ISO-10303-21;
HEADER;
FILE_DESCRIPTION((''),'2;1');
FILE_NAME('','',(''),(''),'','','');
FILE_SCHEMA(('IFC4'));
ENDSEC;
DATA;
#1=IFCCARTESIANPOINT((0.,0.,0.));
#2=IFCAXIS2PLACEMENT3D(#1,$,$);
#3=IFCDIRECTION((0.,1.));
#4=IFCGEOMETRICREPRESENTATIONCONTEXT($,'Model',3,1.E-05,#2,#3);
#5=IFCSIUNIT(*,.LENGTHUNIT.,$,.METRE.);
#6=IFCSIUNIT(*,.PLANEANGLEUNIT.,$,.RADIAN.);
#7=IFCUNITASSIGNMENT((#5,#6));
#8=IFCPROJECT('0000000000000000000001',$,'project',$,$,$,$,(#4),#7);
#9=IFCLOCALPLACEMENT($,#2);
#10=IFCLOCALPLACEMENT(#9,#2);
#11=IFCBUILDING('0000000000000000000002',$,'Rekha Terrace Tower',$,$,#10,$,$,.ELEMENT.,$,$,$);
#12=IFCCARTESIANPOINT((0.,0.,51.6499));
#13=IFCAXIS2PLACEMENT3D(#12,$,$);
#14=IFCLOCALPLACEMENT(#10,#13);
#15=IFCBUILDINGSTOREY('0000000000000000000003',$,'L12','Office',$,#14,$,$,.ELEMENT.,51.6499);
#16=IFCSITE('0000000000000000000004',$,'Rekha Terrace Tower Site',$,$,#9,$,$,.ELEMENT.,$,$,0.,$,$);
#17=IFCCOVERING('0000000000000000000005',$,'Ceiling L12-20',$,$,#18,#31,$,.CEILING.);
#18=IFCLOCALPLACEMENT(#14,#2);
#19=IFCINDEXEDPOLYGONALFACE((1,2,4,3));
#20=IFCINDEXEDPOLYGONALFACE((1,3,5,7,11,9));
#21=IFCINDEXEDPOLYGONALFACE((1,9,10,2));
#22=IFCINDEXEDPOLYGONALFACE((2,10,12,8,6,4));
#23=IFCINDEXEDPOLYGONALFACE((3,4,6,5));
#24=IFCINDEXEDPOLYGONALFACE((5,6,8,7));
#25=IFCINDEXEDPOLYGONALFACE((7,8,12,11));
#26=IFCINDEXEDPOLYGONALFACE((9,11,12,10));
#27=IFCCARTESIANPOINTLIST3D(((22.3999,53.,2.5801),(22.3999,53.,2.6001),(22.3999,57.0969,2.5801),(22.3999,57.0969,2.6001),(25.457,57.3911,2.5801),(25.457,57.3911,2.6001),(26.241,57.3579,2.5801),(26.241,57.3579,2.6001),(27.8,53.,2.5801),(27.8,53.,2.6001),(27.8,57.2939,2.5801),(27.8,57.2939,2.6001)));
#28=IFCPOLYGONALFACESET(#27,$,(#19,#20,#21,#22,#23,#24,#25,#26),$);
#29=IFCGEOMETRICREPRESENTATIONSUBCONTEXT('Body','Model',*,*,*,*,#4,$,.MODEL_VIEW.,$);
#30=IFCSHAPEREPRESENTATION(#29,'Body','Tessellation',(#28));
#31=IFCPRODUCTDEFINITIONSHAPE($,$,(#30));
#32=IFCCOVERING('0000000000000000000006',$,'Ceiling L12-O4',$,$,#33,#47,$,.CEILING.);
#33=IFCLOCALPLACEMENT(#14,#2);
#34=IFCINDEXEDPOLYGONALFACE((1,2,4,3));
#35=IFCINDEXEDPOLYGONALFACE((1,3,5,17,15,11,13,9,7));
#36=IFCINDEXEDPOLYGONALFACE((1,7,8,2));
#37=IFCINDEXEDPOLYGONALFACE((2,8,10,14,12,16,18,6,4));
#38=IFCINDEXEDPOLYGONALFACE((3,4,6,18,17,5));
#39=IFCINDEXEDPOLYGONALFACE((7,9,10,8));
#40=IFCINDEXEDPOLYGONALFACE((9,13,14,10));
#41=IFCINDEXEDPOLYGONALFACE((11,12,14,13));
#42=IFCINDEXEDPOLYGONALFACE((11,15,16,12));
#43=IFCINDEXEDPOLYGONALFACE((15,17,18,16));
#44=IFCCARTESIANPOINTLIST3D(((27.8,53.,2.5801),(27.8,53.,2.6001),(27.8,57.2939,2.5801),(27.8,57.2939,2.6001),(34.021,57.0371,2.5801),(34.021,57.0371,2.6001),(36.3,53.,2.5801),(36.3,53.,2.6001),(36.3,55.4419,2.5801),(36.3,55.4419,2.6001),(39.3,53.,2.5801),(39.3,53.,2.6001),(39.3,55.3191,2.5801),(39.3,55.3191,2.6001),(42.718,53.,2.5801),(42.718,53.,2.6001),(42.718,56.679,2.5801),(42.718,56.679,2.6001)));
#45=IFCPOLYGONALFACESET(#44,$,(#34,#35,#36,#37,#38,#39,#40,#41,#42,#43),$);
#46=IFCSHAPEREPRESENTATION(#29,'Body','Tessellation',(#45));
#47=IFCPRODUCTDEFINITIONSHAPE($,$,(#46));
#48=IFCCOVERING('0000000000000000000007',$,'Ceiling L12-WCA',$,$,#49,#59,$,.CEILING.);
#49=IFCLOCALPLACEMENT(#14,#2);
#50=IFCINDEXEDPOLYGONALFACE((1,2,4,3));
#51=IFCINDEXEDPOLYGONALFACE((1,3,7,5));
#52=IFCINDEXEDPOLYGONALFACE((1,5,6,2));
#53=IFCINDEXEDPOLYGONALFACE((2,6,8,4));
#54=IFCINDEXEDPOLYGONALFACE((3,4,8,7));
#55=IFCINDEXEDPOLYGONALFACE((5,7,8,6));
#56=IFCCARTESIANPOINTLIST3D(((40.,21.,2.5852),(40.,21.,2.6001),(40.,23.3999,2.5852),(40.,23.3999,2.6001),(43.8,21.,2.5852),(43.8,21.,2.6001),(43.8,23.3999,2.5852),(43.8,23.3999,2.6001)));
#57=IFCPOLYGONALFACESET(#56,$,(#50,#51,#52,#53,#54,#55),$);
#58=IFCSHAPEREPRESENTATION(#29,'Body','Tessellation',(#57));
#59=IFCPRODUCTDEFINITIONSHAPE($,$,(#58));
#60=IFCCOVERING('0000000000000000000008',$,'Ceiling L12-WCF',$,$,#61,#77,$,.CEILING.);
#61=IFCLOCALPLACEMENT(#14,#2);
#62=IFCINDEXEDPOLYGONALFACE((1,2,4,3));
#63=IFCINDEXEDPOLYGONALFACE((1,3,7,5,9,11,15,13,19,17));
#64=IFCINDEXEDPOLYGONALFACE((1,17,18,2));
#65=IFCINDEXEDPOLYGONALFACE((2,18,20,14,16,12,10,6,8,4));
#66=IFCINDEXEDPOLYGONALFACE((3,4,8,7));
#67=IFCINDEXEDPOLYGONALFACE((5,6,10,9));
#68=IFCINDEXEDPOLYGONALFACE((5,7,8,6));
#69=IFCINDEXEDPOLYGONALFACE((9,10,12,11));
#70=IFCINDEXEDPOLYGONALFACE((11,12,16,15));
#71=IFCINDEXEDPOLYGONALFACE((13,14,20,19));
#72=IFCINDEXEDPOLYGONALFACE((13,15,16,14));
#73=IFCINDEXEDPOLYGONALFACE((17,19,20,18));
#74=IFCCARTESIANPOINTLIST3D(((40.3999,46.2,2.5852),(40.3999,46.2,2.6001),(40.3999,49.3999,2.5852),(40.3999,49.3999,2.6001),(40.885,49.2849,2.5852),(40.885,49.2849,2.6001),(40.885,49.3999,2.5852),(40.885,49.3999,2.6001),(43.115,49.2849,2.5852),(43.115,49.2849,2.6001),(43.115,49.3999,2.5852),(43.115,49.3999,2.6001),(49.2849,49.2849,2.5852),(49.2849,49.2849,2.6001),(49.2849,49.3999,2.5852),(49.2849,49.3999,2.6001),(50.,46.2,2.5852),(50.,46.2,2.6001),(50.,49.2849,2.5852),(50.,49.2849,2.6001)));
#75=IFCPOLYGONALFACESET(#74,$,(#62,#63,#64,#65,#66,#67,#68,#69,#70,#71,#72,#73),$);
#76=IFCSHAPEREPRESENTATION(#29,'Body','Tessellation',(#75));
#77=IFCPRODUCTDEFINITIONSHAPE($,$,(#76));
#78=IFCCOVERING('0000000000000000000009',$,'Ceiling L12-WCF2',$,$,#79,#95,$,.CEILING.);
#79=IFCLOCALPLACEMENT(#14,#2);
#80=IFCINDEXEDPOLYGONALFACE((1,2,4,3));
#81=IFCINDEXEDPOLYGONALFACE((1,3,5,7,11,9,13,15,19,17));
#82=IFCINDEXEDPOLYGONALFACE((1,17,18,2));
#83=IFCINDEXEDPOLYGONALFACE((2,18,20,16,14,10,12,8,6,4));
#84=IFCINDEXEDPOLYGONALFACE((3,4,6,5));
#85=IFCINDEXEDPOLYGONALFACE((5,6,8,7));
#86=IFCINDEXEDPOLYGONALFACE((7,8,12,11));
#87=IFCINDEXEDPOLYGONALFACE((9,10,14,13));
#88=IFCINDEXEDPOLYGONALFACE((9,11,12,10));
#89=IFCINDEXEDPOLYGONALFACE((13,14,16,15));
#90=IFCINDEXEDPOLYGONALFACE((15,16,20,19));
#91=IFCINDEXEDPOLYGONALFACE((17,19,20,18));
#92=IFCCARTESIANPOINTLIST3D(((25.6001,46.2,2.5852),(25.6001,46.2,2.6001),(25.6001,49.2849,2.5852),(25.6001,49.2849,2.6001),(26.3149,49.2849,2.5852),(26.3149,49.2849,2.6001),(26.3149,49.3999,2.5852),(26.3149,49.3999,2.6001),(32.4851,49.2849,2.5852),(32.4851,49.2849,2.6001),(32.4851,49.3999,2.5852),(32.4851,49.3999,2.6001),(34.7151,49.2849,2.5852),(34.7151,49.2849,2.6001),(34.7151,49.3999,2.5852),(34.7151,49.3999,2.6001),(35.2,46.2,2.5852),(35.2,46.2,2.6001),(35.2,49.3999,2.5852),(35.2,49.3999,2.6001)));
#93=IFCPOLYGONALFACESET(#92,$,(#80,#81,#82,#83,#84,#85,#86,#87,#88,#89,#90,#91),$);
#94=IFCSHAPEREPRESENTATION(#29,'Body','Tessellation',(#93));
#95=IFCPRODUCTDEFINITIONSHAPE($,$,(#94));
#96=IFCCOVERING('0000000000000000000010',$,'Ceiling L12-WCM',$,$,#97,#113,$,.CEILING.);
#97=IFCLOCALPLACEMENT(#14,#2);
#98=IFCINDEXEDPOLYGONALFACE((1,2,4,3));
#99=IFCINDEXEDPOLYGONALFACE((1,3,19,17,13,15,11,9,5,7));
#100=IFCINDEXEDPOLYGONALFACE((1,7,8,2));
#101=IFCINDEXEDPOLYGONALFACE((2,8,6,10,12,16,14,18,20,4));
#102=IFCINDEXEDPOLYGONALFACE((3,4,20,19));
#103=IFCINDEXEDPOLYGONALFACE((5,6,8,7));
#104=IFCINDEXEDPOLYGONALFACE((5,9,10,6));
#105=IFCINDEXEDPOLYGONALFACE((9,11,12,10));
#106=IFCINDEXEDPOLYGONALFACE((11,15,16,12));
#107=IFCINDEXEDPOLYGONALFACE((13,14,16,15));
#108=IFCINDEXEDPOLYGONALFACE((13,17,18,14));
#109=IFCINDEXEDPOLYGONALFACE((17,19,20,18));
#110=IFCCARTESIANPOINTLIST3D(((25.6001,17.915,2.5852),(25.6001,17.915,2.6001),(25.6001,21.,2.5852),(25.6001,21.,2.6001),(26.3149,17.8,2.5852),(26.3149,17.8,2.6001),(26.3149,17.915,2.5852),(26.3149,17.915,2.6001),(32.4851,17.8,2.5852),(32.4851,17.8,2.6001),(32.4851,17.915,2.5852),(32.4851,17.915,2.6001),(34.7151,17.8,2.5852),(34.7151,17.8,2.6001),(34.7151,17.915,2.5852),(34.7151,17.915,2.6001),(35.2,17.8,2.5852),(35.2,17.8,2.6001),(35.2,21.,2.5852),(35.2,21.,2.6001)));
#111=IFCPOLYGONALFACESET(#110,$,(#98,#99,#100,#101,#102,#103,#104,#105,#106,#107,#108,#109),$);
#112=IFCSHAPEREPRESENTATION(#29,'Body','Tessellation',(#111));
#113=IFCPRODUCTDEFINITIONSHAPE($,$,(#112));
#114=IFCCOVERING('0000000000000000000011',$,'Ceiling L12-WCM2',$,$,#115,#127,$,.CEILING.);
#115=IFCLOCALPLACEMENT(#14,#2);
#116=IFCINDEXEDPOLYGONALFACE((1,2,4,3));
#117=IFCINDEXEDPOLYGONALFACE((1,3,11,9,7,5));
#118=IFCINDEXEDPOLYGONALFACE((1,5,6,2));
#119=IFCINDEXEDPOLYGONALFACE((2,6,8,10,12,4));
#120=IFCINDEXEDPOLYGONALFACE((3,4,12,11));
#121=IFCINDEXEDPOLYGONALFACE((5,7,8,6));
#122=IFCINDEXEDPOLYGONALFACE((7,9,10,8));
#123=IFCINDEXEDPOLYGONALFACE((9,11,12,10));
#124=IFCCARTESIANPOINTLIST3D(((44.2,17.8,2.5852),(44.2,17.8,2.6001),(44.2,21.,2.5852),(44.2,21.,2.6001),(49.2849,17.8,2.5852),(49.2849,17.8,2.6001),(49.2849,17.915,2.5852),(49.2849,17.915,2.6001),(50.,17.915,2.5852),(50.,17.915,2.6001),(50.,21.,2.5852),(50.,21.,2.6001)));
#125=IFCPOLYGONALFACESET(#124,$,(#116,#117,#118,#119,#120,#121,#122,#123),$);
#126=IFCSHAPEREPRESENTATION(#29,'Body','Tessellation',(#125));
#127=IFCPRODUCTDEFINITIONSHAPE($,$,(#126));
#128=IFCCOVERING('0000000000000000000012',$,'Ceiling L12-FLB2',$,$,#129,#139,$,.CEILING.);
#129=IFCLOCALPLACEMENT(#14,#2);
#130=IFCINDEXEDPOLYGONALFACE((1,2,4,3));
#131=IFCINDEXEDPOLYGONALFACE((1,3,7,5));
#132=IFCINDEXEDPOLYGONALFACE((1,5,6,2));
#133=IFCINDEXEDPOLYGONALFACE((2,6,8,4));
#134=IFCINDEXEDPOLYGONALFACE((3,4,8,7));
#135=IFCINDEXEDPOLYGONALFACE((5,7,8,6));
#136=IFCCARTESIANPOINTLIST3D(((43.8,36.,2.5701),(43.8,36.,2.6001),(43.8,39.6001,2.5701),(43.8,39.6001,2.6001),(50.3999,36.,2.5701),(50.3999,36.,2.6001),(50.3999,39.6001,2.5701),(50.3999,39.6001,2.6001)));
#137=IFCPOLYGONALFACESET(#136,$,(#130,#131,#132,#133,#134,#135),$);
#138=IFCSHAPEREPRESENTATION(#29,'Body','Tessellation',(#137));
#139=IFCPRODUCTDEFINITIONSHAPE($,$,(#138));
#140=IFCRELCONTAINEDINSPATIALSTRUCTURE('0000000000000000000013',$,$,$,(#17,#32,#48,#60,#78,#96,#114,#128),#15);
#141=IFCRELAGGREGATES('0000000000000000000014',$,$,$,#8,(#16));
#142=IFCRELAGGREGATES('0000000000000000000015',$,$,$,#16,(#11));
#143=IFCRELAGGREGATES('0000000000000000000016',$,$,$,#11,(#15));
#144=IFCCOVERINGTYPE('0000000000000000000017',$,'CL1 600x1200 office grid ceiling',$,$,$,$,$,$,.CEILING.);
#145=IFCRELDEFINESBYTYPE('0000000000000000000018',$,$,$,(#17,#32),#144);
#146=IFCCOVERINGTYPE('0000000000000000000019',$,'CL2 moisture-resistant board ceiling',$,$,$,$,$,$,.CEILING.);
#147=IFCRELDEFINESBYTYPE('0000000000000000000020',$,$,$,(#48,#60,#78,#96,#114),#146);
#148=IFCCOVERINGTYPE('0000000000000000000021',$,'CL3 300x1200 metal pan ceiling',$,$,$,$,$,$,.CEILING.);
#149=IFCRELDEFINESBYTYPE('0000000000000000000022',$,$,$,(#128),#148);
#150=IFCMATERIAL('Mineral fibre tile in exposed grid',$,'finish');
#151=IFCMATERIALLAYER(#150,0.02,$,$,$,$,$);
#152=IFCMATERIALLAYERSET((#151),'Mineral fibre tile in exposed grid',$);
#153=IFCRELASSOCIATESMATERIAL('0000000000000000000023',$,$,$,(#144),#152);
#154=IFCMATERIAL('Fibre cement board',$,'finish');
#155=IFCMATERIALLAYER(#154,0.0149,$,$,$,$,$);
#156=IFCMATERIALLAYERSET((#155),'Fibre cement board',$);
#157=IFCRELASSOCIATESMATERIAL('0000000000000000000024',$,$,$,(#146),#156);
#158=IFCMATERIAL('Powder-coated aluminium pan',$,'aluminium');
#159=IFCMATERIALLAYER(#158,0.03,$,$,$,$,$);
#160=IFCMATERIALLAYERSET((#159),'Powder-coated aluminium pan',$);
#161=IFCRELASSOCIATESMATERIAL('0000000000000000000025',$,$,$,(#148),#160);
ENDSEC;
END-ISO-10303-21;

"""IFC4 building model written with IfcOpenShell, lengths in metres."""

from ifc_helpers import new_model, si_unit, direction, frame, origin, place, context, subcontext, project, spatial, polyline, outline, extrude, material, layer, layer_set, type_object, element, save


model = new_model("IFC4")

# Units and contexts
model_context = context("Model", 3, precision=1e-05, world=origin(), true_north=direction((0.0, 1.0)))
body_context = subcontext(model_context, "Body", "Model", "MODEL_VIEW")
ifc_project = project(units=[si_unit("LENGTHUNIT", "METRE"), si_unit("PLANEANGLEUNIT", "RADIAN")], contexts=[model_context])

# Site, building, storey
site_placement = place(None, origin())
site = spatial("IfcSite", under=ifc_project, at=site_placement, Name="Rekha Terrace Tower Site", CompositionType="ELEMENT", RefElevation=0.0)
building_placement = place(site_placement, origin())
building = spatial("IfcBuilding", under=site, at=building_placement, Name="Rekha Terrace Tower", CompositionType="ELEMENT")
storey_placement = place(building_placement, frame((0.0, 0.0, 51.6499)))
storey = spatial("IfcBuildingStorey", under=building, at=storey_placement, Name="L12", Description="Office", CompositionType="ELEMENT", Elevation=51.6499)

# Coverings
ifc_material_1 = material(Name="Mineral fibre tile in exposed grid", Category="finish")
ifc_layer_1 = layer(ifc_material_1, 0.02)
ifc_layer_set_1 = layer_set([ifc_layer_1], Name="Mineral fibre tile in exposed grid")
covering_type_1 = type_object("IfcCoveringType", Name="CL1 600x1200 office grid ceiling", PredefinedType="CEILING", material=ifc_layer_set_1)
covering_1_placement = place(storey_placement, frame((0.0, 0.0, 2.5801)))
element("IfcCovering", 1, at=covering_1_placement, inside=storey, type_object=covering_type_1, Name="Ceiling L12-20", PredefinedType="CEILING", context=body_context, shape_type="SweptSolid", body=[
    extrude(outline(polyline([(22.3999, 53.0), (27.8, 53.0), (27.8, 57.2939), (26.241, 57.3579), (25.457, 57.3911), (22.3999, 57.0969), (22.3999, 53.0)])), origin(), (0.0, 0.0, 1.0), 0.02),
])
covering_2_placement = place(storey_placement, frame((0.0, 0.0, 2.5801)))
element("IfcCovering", 2, at=covering_2_placement, inside=storey, type_object=covering_type_1, Name="Ceiling L12-O4", PredefinedType="CEILING", context=body_context, shape_type="SweptSolid", body=[
    extrude(outline(polyline([(42.718, 56.679), (34.021, 57.0371), (27.8, 57.2939), (27.8, 53.0), (36.3, 53.0), (36.3, 55.4419), (39.3, 55.3191), (39.3, 53.0), (42.718, 53.0), (42.718, 56.679)])), origin(), (0.0, 0.0, 1.0), 0.02),
])
ifc_material_2 = material(Name="Fibre cement board", Category="finish")
ifc_layer_2 = layer(ifc_material_2, 0.0149)
ifc_layer_set_2 = layer_set([ifc_layer_2], Name="Fibre cement board")
covering_type_2 = type_object("IfcCoveringType", Name="CL2 moisture-resistant board ceiling", PredefinedType="CEILING", material=ifc_layer_set_2)
covering_3_placement = place(storey_placement, frame((0.0, 0.0, 2.5852)))
element("IfcCovering", 3, at=covering_3_placement, inside=storey, type_object=covering_type_2, Name="Ceiling L12-WCA", PredefinedType="CEILING", context=body_context, shape_type="SweptSolid", body=[
    extrude(outline(polyline([(43.8, 23.3999), (40.0, 23.3999), (40.0, 21.0), (43.8, 21.0), (43.8, 23.3999)])), origin(), (0.0, 0.0, 1.0), 0.0149),
])
covering_4_placement = place(storey_placement, frame((0.0, 0.0, 2.5852)))
element("IfcCovering", 4, at=covering_4_placement, inside=storey, type_object=covering_type_2, Name="Ceiling L12-WCF", PredefinedType="CEILING", context=body_context, shape_type="SweptSolid", body=[
    extrude(outline(polyline([(40.885, 49.3999), (40.3999, 49.3999), (40.3999, 46.2), (50.0, 46.2), (50.0, 49.2849), (49.2849, 49.2849), (49.2849, 49.3999), (43.115, 49.3999), (43.115, 49.2849), (40.885, 49.2849), (40.885, 49.3999)])), origin(), (0.0, 0.0, 1.0), 0.0149),
])
covering_5_placement = place(storey_placement, frame((0.0, 0.0, 2.5852)))
element("IfcCovering", 5, at=covering_5_placement, inside=storey, type_object=covering_type_2, Name="Ceiling L12-WCF2", PredefinedType="CEILING", context=body_context, shape_type="SweptSolid", body=[
    extrude(outline(polyline([(26.3149, 49.2849), (25.6001, 49.2849), (25.6001, 46.2), (35.2, 46.2), (35.2, 49.3999), (34.7151, 49.3999), (34.7151, 49.2849), (32.4851, 49.2849), (32.4851, 49.3999), (26.3149, 49.3999), (26.3149, 49.2849)])), origin(), (0.0, 0.0, 1.0), 0.0149),
])
covering_6_placement = place(storey_placement, frame((0.0, 0.0, 2.5852)))
element("IfcCovering", 6, at=covering_6_placement, inside=storey, type_object=covering_type_2, Name="Ceiling L12-WCM", PredefinedType="CEILING", context=body_context, shape_type="SweptSolid", body=[
    extrude(outline(polyline([(35.2, 21.0), (25.6001, 21.0), (25.6001, 17.915), (26.3149, 17.915), (26.3149, 17.8), (32.4851, 17.8), (32.4851, 17.915), (34.7151, 17.915), (34.7151, 17.8), (35.2, 17.8), (35.2, 21.0)])), origin(), (0.0, 0.0, 1.0), 0.0149),
])
covering_7_placement = place(storey_placement, frame((0.0, 0.0, 2.5852)))
element("IfcCovering", 7, at=covering_7_placement, inside=storey, type_object=covering_type_2, Name="Ceiling L12-WCM2", PredefinedType="CEILING", context=body_context, shape_type="SweptSolid", body=[
    extrude(outline(polyline([(50.0, 21.0), (44.2, 21.0), (44.2, 17.8), (49.2849, 17.8), (49.2849, 17.915), (50.0, 17.915), (50.0, 21.0)])), origin(), (0.0, 0.0, 1.0), 0.0149),
])
ifc_material_3 = material(Name="Powder-coated aluminium pan", Category="aluminium")
ifc_layer_3 = layer(ifc_material_3, 0.03)
ifc_layer_set_3 = layer_set([ifc_layer_3], Name="Powder-coated aluminium pan")
covering_type_3 = type_object("IfcCoveringType", Name="CL3 300x1200 metal pan ceiling", PredefinedType="CEILING", material=ifc_layer_set_3)
covering_8_placement = place(storey_placement, frame((0.0, 0.0, 2.5701)))
element("IfcCovering", 8, at=covering_8_placement, inside=storey, type_object=covering_type_3, Name="Ceiling L12-FLB2", PredefinedType="CEILING", context=body_context, shape_type="SweptSolid", body=[
    extrude(outline(polyline([(50.3999, 39.6001), (43.8, 39.6001), (43.8, 36.0), (50.3999, 36.0), (50.3999, 39.6001)])), origin(), (0.0, 0.0, 1.0), 0.03),
])

save(model, "model.ifc")
